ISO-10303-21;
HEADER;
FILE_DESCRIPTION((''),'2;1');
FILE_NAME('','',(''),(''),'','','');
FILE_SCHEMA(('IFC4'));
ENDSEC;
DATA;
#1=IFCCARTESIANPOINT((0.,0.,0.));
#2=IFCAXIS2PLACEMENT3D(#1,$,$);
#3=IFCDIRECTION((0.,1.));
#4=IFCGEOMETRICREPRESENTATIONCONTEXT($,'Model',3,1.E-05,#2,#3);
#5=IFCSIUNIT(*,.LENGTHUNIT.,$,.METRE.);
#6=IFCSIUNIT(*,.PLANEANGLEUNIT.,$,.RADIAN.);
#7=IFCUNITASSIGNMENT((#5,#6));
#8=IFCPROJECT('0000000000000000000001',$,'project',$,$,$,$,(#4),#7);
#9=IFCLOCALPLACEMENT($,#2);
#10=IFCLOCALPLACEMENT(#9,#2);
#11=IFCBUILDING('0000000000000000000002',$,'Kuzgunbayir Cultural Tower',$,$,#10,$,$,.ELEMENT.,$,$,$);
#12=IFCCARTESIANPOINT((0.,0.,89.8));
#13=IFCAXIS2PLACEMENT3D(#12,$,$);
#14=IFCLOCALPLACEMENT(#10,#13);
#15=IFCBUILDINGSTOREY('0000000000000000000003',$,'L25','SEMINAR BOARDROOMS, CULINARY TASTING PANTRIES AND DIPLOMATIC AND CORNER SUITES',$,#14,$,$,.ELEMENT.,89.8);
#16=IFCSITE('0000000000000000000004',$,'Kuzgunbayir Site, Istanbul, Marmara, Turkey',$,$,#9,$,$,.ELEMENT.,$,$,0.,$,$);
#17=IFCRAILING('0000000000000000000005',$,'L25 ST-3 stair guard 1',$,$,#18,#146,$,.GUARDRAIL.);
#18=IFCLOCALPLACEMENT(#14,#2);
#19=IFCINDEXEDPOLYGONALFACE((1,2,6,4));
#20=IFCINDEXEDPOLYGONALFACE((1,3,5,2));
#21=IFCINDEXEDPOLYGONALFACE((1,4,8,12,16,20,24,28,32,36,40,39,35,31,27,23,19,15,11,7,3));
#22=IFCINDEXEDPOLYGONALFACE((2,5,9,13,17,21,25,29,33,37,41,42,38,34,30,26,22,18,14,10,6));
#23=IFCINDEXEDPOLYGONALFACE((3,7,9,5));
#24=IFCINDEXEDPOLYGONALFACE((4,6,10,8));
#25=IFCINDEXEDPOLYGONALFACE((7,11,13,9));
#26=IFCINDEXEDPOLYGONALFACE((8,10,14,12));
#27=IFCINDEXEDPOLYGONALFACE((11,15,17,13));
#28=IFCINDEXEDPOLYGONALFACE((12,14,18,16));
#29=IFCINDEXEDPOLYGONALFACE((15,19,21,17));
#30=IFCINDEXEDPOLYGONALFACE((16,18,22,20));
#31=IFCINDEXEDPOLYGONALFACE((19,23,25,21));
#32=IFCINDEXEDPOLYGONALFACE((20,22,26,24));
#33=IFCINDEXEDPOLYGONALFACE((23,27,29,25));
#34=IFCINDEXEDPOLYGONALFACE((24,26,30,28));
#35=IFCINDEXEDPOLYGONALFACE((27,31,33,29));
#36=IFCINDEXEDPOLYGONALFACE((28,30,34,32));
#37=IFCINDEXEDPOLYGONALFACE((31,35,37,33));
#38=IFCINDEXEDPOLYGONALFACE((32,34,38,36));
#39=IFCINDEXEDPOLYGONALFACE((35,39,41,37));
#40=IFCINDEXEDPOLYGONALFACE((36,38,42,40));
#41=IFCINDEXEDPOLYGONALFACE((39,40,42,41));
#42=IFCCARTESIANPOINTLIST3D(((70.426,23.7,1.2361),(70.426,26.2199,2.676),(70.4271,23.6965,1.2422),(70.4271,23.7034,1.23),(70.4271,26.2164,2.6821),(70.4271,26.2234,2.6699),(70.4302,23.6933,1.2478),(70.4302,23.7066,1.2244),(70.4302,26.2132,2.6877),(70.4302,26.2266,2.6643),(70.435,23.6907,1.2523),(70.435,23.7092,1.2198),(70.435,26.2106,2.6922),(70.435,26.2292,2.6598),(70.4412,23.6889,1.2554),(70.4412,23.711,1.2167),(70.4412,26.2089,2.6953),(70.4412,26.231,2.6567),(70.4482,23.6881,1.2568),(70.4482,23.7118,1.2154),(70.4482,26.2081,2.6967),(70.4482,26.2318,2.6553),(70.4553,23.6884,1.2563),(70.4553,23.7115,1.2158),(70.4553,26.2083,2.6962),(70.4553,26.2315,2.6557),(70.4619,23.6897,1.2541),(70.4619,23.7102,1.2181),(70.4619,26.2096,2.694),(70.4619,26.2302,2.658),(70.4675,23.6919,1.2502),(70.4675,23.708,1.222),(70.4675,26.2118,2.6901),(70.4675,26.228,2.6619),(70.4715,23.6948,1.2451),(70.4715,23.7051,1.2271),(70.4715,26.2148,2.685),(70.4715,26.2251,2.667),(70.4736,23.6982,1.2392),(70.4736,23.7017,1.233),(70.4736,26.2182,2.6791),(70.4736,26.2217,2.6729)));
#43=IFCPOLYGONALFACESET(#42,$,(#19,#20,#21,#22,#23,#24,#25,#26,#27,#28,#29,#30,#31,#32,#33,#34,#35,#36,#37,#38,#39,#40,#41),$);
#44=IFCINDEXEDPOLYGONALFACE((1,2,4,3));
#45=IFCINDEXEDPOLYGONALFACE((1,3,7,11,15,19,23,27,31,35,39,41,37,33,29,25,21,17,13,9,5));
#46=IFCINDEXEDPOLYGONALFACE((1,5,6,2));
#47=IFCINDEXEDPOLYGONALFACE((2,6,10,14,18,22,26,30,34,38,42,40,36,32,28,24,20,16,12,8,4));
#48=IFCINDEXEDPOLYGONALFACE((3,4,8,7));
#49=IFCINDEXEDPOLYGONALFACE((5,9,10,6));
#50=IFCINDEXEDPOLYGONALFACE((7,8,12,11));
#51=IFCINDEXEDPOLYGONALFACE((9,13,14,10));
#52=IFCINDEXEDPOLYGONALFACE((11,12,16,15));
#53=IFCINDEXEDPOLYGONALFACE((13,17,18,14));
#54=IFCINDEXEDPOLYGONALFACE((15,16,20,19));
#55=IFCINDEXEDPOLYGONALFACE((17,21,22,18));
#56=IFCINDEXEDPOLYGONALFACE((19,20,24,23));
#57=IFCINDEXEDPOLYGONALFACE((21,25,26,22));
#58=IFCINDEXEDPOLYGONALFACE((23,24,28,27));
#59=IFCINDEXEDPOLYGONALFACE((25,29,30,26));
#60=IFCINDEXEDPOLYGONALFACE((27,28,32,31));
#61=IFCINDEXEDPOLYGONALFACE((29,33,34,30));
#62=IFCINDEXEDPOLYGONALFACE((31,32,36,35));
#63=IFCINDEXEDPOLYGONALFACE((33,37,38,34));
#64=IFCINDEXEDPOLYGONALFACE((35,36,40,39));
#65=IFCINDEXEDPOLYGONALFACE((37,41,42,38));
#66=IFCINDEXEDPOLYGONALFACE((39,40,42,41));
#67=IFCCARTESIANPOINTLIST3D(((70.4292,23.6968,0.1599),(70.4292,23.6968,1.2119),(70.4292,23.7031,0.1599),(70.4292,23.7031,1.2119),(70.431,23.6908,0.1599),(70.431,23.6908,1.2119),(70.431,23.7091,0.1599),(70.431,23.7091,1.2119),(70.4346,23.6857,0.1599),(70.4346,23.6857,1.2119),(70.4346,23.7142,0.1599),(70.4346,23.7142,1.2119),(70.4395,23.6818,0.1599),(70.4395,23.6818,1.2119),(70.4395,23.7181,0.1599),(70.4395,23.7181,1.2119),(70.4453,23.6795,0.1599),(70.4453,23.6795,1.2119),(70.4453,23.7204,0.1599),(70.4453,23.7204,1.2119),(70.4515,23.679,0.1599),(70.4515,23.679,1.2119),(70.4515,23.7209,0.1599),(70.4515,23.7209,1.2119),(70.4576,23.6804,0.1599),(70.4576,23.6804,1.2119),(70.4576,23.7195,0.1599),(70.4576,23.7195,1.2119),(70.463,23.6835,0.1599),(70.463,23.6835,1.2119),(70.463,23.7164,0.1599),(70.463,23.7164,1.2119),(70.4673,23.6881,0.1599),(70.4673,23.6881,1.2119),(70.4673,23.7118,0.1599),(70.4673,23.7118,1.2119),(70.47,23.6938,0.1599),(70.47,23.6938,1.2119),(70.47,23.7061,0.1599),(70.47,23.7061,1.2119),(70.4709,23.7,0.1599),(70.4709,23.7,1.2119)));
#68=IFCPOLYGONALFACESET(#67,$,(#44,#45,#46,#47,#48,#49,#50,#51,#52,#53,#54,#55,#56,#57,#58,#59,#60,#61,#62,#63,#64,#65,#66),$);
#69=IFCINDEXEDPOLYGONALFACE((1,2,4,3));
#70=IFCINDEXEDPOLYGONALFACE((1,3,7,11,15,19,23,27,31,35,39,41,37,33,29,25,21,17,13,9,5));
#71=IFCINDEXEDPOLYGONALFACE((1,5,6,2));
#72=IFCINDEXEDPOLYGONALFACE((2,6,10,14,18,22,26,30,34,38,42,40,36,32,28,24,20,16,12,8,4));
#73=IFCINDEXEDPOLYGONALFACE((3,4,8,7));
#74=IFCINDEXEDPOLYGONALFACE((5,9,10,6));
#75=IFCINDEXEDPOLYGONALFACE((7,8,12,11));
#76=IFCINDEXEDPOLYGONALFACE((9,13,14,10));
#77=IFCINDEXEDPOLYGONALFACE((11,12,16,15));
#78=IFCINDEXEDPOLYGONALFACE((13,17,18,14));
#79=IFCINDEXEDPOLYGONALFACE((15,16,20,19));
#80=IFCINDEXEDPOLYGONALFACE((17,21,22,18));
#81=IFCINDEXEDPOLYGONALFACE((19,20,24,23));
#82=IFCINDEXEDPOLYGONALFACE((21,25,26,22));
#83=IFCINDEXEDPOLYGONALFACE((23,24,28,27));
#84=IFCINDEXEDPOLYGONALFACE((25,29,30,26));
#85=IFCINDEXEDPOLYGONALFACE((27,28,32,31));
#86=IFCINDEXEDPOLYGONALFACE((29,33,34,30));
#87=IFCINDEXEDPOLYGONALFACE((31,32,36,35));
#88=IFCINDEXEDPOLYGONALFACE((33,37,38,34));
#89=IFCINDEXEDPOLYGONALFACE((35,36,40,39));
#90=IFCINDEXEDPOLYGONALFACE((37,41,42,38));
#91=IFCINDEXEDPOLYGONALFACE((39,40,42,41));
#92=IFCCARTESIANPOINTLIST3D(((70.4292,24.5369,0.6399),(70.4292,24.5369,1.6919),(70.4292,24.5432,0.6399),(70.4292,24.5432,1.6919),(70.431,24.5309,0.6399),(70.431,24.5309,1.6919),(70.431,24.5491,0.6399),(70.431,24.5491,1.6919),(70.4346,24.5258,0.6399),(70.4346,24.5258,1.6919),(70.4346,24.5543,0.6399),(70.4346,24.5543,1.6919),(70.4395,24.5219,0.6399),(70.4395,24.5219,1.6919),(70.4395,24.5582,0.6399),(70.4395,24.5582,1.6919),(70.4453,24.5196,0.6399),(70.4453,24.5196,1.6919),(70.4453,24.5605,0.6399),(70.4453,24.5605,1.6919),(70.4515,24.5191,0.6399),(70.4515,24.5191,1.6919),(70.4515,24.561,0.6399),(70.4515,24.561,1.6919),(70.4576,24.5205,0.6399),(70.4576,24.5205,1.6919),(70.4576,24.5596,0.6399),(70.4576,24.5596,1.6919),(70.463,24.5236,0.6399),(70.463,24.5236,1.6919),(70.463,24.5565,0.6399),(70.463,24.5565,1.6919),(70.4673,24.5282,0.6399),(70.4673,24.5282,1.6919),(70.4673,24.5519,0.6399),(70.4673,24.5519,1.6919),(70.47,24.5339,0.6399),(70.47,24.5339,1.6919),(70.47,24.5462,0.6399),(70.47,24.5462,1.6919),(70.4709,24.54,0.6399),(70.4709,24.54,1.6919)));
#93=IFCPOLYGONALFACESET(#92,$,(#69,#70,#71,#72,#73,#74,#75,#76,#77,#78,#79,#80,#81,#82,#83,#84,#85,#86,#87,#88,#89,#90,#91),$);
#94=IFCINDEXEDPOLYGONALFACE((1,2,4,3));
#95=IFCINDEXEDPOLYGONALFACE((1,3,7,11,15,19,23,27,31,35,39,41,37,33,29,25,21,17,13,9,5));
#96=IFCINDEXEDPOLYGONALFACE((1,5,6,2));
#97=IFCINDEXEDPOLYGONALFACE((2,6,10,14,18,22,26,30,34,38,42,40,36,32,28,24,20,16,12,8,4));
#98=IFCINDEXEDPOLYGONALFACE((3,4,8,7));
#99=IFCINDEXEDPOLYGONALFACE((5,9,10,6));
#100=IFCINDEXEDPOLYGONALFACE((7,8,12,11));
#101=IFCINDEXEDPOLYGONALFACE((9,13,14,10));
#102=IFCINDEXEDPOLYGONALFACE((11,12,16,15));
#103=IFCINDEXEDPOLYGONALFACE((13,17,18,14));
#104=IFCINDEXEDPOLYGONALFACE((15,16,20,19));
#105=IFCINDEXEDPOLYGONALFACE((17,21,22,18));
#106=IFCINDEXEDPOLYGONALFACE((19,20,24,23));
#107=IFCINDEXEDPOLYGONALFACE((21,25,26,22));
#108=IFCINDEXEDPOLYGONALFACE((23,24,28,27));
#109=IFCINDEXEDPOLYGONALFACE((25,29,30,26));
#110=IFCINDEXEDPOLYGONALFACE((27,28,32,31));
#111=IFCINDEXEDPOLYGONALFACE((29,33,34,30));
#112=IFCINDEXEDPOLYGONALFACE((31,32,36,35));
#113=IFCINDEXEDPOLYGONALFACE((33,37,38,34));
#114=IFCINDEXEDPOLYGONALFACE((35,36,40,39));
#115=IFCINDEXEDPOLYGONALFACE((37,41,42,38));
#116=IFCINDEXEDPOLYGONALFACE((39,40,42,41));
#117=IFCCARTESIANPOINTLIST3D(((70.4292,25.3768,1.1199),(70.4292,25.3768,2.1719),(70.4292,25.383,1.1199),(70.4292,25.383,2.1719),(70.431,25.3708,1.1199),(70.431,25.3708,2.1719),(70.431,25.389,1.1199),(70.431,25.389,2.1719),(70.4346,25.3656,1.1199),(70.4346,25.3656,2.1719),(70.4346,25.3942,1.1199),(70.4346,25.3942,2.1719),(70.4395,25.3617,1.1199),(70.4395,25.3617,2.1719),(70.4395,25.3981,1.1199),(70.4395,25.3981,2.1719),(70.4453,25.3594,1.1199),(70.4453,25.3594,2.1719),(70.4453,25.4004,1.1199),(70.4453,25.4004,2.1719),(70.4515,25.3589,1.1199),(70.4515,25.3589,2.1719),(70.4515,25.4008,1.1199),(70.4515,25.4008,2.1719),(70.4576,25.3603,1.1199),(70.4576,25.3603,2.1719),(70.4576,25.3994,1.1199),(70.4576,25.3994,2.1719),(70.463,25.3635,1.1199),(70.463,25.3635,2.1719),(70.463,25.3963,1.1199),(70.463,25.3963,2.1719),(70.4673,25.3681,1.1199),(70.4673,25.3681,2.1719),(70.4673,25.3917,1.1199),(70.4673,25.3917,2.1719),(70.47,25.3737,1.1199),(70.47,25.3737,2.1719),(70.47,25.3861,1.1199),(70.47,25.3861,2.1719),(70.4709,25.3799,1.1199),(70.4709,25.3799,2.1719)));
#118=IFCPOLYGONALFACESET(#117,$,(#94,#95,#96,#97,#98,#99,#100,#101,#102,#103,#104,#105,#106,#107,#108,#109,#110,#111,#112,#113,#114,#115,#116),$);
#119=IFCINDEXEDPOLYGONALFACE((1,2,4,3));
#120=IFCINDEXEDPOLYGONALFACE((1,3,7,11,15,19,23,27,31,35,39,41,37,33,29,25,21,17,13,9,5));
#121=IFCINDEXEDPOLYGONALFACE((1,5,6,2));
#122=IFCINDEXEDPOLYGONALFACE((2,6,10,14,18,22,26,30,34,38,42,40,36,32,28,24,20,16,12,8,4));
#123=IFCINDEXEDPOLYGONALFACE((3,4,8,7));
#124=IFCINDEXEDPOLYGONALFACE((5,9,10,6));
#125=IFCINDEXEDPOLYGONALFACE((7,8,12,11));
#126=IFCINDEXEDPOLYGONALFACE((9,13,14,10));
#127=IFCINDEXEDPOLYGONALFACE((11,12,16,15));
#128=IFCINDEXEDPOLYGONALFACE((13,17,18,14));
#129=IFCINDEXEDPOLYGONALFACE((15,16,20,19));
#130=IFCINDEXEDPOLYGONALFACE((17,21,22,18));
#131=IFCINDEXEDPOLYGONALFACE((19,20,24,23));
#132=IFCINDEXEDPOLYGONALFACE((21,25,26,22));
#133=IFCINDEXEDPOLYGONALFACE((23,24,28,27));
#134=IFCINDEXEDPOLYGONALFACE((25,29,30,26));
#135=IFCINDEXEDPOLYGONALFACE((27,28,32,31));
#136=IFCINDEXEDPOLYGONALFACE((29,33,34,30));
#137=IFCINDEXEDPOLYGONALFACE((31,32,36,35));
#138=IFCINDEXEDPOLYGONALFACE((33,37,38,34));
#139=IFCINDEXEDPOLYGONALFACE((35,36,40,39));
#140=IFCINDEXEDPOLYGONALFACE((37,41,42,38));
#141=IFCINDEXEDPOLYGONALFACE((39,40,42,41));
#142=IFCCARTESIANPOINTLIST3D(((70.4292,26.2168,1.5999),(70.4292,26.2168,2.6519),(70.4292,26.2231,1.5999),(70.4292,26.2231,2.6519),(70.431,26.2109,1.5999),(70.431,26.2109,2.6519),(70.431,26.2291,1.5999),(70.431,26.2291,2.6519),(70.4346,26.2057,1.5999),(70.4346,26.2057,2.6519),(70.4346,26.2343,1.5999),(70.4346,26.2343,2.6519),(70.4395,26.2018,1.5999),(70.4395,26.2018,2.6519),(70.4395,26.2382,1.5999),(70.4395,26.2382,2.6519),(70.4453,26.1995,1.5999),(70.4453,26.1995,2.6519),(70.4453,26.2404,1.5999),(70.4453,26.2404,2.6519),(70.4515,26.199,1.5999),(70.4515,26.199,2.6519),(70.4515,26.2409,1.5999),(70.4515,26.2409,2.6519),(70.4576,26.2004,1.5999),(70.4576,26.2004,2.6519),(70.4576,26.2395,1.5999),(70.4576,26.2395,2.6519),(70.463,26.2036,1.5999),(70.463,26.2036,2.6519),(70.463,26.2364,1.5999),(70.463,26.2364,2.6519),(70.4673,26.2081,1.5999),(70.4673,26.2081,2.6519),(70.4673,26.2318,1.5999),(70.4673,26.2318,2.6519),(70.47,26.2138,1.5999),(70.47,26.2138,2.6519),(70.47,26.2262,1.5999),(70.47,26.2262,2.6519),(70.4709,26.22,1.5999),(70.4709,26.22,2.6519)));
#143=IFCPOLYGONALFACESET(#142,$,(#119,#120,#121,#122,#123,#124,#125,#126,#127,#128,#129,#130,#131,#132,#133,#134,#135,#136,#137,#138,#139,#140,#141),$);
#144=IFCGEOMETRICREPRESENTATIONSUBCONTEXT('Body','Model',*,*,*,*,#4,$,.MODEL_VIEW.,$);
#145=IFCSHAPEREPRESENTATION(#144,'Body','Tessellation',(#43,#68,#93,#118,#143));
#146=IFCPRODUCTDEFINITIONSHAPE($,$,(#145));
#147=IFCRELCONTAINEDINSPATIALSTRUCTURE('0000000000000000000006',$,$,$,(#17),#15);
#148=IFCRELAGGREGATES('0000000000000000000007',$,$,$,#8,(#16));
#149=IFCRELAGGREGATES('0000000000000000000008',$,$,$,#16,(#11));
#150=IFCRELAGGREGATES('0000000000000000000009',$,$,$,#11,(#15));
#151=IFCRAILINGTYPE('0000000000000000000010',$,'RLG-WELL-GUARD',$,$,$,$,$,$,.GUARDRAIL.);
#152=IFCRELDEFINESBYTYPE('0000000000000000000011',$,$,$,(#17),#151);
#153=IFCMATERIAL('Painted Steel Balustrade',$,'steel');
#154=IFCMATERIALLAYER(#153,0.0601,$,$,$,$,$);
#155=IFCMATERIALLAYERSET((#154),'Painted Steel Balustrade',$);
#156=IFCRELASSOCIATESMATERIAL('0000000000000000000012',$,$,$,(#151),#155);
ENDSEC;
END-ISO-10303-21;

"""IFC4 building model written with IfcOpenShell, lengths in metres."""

from ifc_helpers import new_model, si_unit, direction, frame, origin, origin_2d, place, context, subcontext, project, spatial, circle, extrude, material, layer, layer_set, type_object, element, save


model = new_model("IFC4")

# Units and contexts
model_context = context("Model", 3, precision=1e-05, world=origin(), true_north=direction((0.0, 1.0)))
body_context = subcontext(model_context, "Body", "Model", "MODEL_VIEW")
ifc_project = project(units=[si_unit("LENGTHUNIT", "METRE"), si_unit("PLANEANGLEUNIT", "RADIAN")], contexts=[model_context])

# Site, building, storey
site_placement = place(None, origin())
site = spatial("IfcSite", under=ifc_project, at=site_placement, Name="Kuzgunbayir Site, Istanbul, Marmara, Turkey", CompositionType="ELEMENT", RefElevation=0.0)
building_placement = place(site_placement, origin())
building = spatial("IfcBuilding", under=site, at=building_placement, Name="Kuzgunbayir Cultural Tower", CompositionType="ELEMENT")
storey_placement = place(building_placement, frame((0.0, 0.0, 89.8)))
storey = spatial("IfcBuildingStorey", under=building, at=storey_placement, Name="L25", Description="SEMINAR BOARDROOMS, CULINARY TASTING PANTRIES AND DIPLOMATIC AND CORNER SUITES", CompositionType="ELEMENT", Elevation=89.8)

# Railing
ifc_material_1 = material(Name="Painted Steel Balustrade", Category="steel")
ifc_layer_1 = layer(ifc_material_1, 0.0601)
ifc_layer_set_1 = layer_set([ifc_layer_1], Name="Painted Steel Balustrade")
railing_type_1 = type_object("IfcRailingType", Name="RLG-WELL-GUARD", PredefinedType="GUARDRAIL", material=ifc_layer_set_1)
railing_1_placement = place(storey_placement, frame((70.45, 23.7, 0.1599)))
element("IfcRailing", 1, at=railing_1_placement, inside=storey, type_object=railing_type_1, Name="L25 ST-3 stair guard 1", PredefinedType="GUARDRAIL", context=body_context, shape_type="SweptSolid", body=[
    extrude(circle(Radius=0.0239, at=origin_2d()), frame((0.0, 0.0, 1.0762), z_axis=(0.0, 0.868253, 0.496121), x_axis=(-1.0, 0.0, 0.0)), (0.0, 0.0, 1.0), 2.9023),
    extrude(circle(Radius=0.021, at=origin_2d()), origin(), (0.0, 0.0, 1.0), 1.052),
    extrude(circle(Radius=0.021, at=origin_2d()), frame((0.0, 0.8401, 0.48)), (0.0, 0.0, 1.0), 1.052),
    extrude(circle(Radius=0.021, at=origin_2d()), frame((0.0, 1.6799, 0.96)), (0.0, 0.0, 1.0), 1.052),
    extrude(circle(Radius=0.021, at=origin_2d()), frame((0.0, 2.52, 1.4399)), (0.0, 0.0, 1.0), 1.052),
])

save(model, "model.ifc")
